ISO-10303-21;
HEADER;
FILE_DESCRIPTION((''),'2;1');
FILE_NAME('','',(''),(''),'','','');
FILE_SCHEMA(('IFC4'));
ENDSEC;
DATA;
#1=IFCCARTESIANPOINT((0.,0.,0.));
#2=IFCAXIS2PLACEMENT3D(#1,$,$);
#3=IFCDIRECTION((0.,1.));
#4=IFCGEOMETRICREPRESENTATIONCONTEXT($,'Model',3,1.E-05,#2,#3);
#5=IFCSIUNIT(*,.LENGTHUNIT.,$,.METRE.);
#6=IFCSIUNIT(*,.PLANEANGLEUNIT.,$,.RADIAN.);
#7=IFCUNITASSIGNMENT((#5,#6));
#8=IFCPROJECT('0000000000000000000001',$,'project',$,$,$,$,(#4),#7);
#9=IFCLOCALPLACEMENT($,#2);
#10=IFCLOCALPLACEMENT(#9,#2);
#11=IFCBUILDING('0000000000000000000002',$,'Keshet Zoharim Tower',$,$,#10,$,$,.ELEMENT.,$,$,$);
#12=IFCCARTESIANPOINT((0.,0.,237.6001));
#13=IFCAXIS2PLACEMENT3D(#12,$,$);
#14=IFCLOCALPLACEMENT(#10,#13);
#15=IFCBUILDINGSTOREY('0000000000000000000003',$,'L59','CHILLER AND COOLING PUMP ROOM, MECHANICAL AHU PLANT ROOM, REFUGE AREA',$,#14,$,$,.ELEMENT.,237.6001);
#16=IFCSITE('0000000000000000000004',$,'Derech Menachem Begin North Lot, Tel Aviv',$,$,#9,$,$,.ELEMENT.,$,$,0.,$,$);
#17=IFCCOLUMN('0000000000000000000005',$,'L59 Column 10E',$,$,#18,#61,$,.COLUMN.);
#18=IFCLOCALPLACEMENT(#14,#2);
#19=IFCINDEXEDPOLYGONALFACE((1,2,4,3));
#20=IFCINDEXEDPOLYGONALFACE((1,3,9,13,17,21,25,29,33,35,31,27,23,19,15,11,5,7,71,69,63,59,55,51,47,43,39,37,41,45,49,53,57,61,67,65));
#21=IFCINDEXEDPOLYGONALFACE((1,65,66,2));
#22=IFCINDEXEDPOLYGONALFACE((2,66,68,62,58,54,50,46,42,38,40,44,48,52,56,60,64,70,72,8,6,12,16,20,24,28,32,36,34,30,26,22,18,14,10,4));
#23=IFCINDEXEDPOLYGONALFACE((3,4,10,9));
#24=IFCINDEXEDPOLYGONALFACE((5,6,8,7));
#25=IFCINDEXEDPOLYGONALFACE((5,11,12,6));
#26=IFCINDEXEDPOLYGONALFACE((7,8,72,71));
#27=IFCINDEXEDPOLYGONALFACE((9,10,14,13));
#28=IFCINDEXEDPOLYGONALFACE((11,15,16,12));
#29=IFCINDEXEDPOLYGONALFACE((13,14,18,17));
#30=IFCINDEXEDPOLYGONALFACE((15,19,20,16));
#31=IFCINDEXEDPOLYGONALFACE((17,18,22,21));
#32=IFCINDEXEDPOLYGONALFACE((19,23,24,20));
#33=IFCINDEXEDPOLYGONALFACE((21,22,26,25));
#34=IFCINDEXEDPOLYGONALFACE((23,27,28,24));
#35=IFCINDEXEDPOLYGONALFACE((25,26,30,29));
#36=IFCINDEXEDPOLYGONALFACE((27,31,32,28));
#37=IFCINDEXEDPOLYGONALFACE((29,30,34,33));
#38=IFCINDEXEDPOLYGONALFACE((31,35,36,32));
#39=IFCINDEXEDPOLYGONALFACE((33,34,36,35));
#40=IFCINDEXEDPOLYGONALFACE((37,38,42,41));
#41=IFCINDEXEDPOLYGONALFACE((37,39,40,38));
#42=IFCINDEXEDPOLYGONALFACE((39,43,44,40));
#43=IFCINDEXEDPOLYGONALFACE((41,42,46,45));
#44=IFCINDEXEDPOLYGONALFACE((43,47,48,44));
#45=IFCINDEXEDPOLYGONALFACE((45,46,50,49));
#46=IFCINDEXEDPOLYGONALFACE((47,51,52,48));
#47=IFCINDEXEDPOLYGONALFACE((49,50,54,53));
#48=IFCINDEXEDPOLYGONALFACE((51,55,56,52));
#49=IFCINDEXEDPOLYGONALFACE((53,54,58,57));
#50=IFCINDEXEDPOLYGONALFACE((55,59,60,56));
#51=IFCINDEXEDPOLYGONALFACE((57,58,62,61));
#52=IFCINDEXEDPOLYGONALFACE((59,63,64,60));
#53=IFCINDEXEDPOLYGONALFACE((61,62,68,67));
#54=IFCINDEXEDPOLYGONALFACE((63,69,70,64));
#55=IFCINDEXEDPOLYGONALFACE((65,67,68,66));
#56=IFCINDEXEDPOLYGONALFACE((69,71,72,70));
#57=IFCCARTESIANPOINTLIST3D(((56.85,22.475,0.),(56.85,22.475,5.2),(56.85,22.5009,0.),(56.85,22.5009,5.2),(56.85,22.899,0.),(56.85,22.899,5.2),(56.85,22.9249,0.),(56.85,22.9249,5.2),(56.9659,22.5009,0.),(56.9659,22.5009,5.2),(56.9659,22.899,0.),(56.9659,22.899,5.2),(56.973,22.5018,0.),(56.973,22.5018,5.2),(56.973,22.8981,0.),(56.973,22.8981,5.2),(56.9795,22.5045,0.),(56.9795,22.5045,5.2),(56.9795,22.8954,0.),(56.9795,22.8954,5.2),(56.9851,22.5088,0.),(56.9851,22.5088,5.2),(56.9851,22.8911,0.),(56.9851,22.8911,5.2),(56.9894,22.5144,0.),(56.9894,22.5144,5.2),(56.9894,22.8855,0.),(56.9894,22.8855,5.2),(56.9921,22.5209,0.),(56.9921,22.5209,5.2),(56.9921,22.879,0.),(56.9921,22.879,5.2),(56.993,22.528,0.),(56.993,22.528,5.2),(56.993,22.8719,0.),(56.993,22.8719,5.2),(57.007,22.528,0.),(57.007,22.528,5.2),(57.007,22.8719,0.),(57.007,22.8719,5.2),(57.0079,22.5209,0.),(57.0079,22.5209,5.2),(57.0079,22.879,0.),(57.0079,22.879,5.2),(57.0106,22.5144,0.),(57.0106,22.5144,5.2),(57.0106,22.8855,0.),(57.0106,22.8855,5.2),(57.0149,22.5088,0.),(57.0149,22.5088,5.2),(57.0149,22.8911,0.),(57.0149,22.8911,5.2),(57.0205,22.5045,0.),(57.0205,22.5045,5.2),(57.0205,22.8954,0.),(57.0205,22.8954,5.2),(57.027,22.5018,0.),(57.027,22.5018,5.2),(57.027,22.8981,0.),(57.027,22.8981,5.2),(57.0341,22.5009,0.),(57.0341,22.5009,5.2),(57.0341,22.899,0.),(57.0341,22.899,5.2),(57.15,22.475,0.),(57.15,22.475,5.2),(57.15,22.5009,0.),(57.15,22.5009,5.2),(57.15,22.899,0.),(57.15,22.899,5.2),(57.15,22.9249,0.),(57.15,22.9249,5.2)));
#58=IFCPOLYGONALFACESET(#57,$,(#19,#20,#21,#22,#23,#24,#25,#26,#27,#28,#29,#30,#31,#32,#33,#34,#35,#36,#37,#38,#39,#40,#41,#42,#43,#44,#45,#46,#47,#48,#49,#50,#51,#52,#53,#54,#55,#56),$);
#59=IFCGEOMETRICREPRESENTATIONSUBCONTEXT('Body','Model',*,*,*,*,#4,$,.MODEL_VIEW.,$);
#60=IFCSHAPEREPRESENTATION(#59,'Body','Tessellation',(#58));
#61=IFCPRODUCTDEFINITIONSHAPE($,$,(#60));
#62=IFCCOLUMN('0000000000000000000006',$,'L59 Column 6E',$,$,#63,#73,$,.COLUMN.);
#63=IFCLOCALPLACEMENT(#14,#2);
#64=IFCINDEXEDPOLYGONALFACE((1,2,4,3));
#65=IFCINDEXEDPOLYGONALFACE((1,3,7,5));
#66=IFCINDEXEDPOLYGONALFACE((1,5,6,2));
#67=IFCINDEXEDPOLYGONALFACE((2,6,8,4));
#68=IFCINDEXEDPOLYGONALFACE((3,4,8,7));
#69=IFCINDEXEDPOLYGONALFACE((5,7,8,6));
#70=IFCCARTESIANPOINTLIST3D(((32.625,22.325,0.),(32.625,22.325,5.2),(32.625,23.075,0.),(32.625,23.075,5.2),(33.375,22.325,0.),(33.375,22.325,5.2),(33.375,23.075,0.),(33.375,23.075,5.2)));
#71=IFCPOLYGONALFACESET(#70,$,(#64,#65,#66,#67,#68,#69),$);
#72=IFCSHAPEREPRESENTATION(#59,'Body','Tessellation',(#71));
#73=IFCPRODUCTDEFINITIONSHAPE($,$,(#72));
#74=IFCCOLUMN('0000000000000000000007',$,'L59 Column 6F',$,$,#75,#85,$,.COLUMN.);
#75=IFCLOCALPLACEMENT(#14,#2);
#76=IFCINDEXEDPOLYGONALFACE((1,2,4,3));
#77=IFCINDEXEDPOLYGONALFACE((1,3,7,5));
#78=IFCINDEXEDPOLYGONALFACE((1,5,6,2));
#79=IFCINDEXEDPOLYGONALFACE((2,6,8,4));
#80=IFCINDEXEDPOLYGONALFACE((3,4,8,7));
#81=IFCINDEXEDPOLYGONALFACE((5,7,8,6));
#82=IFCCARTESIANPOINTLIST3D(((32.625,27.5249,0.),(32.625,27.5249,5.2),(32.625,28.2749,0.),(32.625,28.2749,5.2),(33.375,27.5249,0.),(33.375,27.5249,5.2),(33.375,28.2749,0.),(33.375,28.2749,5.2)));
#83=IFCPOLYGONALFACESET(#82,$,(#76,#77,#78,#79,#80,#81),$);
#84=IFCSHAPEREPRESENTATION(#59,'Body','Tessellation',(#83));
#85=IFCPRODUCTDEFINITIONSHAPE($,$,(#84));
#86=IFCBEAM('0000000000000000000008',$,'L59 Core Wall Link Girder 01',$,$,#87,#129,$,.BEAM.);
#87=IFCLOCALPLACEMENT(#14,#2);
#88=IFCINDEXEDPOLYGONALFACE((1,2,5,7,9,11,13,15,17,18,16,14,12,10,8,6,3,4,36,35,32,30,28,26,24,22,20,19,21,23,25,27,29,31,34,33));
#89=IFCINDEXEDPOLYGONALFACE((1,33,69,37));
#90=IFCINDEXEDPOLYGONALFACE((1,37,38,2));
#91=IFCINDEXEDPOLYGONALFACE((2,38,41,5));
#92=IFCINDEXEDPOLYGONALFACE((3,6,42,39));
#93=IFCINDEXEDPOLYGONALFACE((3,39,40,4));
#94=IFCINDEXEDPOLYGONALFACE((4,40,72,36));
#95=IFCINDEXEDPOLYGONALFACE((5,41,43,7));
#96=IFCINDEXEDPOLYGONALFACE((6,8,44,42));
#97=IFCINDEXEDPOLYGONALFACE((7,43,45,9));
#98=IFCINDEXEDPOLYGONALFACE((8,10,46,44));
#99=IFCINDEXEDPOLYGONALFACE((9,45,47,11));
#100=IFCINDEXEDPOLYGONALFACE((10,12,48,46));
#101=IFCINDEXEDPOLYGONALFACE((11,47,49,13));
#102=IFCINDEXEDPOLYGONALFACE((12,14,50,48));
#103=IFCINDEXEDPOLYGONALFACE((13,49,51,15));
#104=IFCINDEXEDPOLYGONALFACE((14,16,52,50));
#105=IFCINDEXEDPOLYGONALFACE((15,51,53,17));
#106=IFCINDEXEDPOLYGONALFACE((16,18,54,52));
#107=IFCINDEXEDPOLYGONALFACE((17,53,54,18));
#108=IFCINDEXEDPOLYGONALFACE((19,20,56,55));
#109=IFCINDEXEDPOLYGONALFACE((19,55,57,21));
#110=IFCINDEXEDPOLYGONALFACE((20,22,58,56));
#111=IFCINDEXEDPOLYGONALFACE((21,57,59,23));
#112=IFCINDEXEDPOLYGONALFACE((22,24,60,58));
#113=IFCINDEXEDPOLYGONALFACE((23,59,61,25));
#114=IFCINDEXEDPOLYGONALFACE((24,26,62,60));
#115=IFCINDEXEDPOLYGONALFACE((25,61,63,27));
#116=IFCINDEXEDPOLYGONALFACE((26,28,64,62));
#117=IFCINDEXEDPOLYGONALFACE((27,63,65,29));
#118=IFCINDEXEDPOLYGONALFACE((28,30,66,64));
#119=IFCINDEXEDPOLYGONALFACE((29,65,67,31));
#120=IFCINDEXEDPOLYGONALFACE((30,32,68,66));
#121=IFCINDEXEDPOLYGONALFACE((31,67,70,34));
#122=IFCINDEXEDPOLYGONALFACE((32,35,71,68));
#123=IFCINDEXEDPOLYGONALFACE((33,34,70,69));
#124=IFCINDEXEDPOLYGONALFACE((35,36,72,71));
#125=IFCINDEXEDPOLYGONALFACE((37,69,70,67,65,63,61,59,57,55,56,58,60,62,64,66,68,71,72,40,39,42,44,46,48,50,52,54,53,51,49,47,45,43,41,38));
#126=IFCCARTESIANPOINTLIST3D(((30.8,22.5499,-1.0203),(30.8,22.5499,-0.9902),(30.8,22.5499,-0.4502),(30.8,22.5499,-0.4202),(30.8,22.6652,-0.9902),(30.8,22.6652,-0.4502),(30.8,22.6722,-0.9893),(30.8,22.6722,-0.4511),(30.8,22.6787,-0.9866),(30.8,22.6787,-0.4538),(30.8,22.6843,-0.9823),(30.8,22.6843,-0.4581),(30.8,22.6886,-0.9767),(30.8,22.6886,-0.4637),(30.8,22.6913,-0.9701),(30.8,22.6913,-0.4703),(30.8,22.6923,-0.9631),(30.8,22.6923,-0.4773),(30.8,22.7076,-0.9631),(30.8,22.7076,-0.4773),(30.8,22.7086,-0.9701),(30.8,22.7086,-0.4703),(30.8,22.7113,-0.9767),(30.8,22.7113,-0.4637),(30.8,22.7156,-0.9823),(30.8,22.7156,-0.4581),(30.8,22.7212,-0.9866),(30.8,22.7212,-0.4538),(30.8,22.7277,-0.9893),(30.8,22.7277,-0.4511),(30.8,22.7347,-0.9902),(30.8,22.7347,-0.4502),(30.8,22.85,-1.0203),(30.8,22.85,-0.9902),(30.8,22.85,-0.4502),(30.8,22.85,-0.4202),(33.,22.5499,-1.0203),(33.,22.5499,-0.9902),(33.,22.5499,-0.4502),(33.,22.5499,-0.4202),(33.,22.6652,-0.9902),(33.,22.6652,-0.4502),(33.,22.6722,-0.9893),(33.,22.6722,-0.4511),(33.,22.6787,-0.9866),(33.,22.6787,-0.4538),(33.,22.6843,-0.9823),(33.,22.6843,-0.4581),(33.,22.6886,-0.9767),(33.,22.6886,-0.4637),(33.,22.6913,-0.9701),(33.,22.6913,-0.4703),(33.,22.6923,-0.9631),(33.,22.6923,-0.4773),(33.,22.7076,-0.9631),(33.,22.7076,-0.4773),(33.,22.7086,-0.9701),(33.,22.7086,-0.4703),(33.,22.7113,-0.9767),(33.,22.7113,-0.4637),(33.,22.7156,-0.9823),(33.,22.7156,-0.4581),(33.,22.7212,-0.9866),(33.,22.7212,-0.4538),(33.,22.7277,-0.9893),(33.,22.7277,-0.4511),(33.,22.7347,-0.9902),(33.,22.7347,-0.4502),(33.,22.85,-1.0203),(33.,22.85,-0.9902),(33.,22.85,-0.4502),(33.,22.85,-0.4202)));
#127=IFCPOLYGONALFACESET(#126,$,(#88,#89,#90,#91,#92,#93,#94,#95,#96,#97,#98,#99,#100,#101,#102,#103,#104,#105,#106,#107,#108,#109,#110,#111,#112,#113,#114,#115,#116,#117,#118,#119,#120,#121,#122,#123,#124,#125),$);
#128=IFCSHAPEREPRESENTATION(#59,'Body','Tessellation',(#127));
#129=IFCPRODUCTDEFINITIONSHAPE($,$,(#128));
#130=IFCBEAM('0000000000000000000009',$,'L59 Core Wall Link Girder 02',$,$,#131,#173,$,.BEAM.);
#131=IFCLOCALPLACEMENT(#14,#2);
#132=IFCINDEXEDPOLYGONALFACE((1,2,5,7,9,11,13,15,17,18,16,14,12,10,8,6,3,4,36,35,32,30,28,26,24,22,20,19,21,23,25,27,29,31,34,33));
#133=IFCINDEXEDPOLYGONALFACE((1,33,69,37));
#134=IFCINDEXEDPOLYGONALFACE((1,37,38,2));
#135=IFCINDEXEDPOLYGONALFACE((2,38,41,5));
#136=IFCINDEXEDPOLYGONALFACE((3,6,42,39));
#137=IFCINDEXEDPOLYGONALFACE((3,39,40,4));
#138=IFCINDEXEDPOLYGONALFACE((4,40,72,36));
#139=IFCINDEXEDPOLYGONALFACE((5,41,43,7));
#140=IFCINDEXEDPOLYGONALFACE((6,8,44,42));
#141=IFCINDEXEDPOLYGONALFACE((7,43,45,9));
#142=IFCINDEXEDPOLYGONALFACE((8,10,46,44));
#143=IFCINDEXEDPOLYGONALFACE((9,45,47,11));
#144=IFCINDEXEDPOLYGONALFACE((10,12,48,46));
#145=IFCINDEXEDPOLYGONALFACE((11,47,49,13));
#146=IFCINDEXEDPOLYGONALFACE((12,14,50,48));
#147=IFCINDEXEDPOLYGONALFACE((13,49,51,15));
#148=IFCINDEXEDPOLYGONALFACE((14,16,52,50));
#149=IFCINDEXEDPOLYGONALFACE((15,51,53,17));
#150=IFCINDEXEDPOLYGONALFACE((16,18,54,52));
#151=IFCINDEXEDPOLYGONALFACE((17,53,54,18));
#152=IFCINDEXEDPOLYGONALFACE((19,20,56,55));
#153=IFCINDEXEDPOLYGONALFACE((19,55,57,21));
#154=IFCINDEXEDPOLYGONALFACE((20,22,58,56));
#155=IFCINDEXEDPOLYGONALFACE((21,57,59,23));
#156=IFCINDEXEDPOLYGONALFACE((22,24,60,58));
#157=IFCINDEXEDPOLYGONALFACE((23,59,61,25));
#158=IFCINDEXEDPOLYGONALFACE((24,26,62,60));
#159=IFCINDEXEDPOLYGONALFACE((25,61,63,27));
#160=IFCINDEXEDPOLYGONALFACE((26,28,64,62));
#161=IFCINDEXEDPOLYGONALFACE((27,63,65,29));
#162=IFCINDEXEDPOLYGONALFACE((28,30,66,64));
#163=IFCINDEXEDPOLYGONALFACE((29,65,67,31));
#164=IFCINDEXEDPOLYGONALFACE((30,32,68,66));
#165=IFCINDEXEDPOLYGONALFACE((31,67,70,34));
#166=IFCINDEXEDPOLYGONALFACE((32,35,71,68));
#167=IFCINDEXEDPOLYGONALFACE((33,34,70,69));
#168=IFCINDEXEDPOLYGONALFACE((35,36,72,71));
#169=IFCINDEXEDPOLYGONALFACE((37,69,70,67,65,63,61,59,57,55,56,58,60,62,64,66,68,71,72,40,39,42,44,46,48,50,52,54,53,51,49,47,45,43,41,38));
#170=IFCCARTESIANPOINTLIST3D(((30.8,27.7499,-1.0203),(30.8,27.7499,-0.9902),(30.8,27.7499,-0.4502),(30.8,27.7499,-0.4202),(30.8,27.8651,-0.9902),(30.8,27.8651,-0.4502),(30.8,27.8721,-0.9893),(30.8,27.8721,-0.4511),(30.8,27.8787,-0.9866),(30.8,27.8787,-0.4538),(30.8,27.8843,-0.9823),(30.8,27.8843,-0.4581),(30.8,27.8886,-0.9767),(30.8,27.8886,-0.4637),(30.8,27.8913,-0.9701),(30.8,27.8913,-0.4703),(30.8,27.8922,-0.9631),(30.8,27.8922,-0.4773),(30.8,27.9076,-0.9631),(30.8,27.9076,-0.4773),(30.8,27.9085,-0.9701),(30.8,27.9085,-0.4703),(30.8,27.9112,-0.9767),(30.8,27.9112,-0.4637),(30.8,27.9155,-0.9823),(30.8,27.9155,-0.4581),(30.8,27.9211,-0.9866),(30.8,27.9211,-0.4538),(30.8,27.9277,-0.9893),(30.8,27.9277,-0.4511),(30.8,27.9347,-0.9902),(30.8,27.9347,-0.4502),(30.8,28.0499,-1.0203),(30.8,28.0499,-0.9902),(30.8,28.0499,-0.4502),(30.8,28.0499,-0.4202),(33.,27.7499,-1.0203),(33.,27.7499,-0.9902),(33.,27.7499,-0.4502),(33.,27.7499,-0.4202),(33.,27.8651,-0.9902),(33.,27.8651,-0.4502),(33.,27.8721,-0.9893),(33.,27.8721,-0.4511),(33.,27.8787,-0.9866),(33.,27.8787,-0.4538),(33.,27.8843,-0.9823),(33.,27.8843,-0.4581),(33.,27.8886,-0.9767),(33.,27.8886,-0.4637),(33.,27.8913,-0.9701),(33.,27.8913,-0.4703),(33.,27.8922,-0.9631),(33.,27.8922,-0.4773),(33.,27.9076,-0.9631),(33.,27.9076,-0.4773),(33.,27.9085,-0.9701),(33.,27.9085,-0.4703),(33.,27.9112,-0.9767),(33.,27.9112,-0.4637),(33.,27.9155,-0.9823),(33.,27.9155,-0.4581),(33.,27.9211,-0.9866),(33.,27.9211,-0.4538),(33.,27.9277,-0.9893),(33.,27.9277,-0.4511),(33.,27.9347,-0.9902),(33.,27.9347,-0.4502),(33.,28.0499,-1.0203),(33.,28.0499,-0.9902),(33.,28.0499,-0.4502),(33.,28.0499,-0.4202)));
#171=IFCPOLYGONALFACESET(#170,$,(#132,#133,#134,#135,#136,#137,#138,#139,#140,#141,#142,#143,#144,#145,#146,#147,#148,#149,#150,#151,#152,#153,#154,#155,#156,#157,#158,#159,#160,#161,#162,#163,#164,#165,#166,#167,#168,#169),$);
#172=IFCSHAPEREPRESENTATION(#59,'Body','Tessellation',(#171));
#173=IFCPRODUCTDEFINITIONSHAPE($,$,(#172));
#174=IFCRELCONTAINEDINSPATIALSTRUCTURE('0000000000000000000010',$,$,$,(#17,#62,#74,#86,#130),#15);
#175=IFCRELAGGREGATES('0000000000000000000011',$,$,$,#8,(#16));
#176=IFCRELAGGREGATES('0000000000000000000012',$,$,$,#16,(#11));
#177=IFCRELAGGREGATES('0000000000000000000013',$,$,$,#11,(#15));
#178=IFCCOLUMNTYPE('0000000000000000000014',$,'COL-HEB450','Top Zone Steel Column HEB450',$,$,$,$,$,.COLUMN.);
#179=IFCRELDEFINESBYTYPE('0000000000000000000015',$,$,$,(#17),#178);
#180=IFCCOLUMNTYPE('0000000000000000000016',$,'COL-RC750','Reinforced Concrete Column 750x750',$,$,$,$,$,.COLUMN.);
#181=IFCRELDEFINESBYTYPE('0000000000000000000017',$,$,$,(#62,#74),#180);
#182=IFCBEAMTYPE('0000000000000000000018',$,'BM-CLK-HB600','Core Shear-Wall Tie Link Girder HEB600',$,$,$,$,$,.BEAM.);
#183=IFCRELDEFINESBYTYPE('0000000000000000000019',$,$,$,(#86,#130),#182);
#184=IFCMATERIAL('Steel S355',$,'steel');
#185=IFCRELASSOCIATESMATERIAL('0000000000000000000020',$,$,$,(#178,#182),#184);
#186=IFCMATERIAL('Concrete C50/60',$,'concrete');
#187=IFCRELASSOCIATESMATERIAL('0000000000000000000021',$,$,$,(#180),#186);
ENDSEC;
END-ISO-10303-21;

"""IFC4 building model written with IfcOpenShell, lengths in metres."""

from ifc_helpers import new_model, si_unit, direction, frame, origin, origin_2d, place, context, subcontext, project, spatial, rectangle, i_section, extrude, material, material_profile, profile_set, type_object, element, save


model = new_model("IFC4")

# Units and contexts
model_context = context("Model", 3, precision=1e-05, world=origin(), true_north=direction((0.0, 1.0)))
body_context = subcontext(model_context, "Body", "Model", "MODEL_VIEW")
ifc_project = project(units=[si_unit("LENGTHUNIT", "METRE"), si_unit("PLANEANGLEUNIT", "RADIAN")], contexts=[model_context])

# Site, building, storey
site_placement = place(None, origin())
site = spatial("IfcSite", under=ifc_project, at=site_placement, Name="Derech Menachem Begin North Lot, Tel Aviv", CompositionType="ELEMENT", RefElevation=0.0)
building_placement = place(site_placement, origin())
building = spatial("IfcBuilding", under=site, at=building_placement, Name="Keshet Zoharim Tower", CompositionType="ELEMENT")
storey_placement = place(building_placement, frame((0.0, 0.0, 237.6001)))
storey = spatial("IfcBuildingStorey", under=building, at=storey_placement, Name="L59", Description="CHILLER AND COOLING PUMP ROOM, MECHANICAL AHU PLANT ROOM, REFUGE AREA", CompositionType="ELEMENT", Elevation=237.6001)

# Columns
ifc_material_1 = material(Name="Steel S355", Category="steel")
ifc_material_profile_1 = material_profile(ifc_material_1, i_section(OverallWidth=0.3, OverallDepth=0.45, WebThickness=0.0139, FlangeThickness=0.0259, FilletRadius=0.0271, at=origin_2d()), Name="HEB450")
ifc_profile_set_1 = profile_set([ifc_material_profile_1], Name="Steel S355")
column_type_1 = type_object("IfcColumnType", Name="COL-HEB450", Description="Top Zone Steel Column HEB450", PredefinedType="COLUMN", material=ifc_profile_set_1)
column_placement = place(storey_placement, frame((57.0, 22.7, 0.0), z_axis=(0.0, 0.0, 1.0), x_axis=(1.0, 0.0, 0.0)))
element("IfcColumn", 1, at=column_placement, inside=storey, type_object=column_type_1, Name="L59 Column 10E", PredefinedType="COLUMN", context=body_context, shape_type="SweptSolid", body=[
    extrude(i_section(OverallWidth=0.3, OverallDepth=0.45, WebThickness=0.0139, FlangeThickness=0.0259, FilletRadius=0.0271, at=origin_2d()), origin(), (0.0, 0.0, 1.0), 5.2),
])
ifc_material_2 = material(Name="Concrete C50/60", Category="concrete")
ifc_material_profile_2 = material_profile(ifc_material_2, rectangle(XDim=0.75, YDim=0.75, at=origin_2d()), Name="RC750x750")
ifc_profile_set_2 = profile_set([ifc_material_profile_2], Name="Concrete C50/60")
column_type_2 = type_object("IfcColumnType", Name="COL-RC750", Description="Reinforced Concrete Column 750x750", PredefinedType="COLUMN", material=ifc_profile_set_2)
for number, where, z_axis, x_axis, name in (
    (2, (33.0, 22.7, 0.0), (0.0, 0.0, 1.0), (1.0, 0.0, 0.0), "L59 Column 6E"),
    (3, (33.0, 27.8999, 0.0), (0.0, 0.0, 1.0), (1.0, 0.0, 0.0), "L59 Column 6F"),
):
    element("IfcColumn", number, at=place(storey_placement, frame(where, z_axis=z_axis, x_axis=x_axis)), inside=storey, type_object=column_type_2, Name=name, PredefinedType="COLUMN", context=body_context, shape_type="SweptSolid", body=[
        extrude(rectangle(XDim=0.75, YDim=0.75, at=origin_2d()), origin(), (0.0, 0.0, 1.0), 5.2),
    ])

# Beams
ifc_material_profile_3 = material_profile(ifc_material_1, i_section(OverallWidth=0.3, OverallDepth=0.6001, WebThickness=0.0154, FlangeThickness=0.03, FilletRadius=0.0271, at=origin_2d()), Name="HEB600")
ifc_profile_set_3 = profile_set([ifc_material_profile_3], Name="Steel S355")
beam_type_1 = type_object("IfcBeamType", Name="BM-CLK-HB600", Description="Core Shear-Wall Tie Link Girder HEB600", PredefinedType="BEAM", material=ifc_profile_set_3)
for number, where, z_axis, x_axis, name in (
    (4, (30.8, 22.7, -0.7202), (1.0, 0.0, 0.0), (0.0, 1.0, 0.0), "L59 Core Wall Link Girder 01"),
    (5, (30.8, 27.8999, -0.7202), (1.0, 0.0, 0.0), (0.0, 1.0, 0.0), "L59 Core Wall Link Girder 02"),
):
    element("IfcBeam", number, at=place(storey_placement, frame(where, z_axis=z_axis, x_axis=x_axis)), inside=storey, type_object=beam_type_1, Name=name, PredefinedType="BEAM", context=body_context, shape_type="SweptSolid", body=[
        extrude(i_section(OverallWidth=0.3, OverallDepth=0.6001, WebThickness=0.0154, FlangeThickness=0.03, FilletRadius=0.0271, at=origin_2d()), origin(), (0.0, 0.0, 1.0), 2.2),
    ])

save(model, "model.ifc")
